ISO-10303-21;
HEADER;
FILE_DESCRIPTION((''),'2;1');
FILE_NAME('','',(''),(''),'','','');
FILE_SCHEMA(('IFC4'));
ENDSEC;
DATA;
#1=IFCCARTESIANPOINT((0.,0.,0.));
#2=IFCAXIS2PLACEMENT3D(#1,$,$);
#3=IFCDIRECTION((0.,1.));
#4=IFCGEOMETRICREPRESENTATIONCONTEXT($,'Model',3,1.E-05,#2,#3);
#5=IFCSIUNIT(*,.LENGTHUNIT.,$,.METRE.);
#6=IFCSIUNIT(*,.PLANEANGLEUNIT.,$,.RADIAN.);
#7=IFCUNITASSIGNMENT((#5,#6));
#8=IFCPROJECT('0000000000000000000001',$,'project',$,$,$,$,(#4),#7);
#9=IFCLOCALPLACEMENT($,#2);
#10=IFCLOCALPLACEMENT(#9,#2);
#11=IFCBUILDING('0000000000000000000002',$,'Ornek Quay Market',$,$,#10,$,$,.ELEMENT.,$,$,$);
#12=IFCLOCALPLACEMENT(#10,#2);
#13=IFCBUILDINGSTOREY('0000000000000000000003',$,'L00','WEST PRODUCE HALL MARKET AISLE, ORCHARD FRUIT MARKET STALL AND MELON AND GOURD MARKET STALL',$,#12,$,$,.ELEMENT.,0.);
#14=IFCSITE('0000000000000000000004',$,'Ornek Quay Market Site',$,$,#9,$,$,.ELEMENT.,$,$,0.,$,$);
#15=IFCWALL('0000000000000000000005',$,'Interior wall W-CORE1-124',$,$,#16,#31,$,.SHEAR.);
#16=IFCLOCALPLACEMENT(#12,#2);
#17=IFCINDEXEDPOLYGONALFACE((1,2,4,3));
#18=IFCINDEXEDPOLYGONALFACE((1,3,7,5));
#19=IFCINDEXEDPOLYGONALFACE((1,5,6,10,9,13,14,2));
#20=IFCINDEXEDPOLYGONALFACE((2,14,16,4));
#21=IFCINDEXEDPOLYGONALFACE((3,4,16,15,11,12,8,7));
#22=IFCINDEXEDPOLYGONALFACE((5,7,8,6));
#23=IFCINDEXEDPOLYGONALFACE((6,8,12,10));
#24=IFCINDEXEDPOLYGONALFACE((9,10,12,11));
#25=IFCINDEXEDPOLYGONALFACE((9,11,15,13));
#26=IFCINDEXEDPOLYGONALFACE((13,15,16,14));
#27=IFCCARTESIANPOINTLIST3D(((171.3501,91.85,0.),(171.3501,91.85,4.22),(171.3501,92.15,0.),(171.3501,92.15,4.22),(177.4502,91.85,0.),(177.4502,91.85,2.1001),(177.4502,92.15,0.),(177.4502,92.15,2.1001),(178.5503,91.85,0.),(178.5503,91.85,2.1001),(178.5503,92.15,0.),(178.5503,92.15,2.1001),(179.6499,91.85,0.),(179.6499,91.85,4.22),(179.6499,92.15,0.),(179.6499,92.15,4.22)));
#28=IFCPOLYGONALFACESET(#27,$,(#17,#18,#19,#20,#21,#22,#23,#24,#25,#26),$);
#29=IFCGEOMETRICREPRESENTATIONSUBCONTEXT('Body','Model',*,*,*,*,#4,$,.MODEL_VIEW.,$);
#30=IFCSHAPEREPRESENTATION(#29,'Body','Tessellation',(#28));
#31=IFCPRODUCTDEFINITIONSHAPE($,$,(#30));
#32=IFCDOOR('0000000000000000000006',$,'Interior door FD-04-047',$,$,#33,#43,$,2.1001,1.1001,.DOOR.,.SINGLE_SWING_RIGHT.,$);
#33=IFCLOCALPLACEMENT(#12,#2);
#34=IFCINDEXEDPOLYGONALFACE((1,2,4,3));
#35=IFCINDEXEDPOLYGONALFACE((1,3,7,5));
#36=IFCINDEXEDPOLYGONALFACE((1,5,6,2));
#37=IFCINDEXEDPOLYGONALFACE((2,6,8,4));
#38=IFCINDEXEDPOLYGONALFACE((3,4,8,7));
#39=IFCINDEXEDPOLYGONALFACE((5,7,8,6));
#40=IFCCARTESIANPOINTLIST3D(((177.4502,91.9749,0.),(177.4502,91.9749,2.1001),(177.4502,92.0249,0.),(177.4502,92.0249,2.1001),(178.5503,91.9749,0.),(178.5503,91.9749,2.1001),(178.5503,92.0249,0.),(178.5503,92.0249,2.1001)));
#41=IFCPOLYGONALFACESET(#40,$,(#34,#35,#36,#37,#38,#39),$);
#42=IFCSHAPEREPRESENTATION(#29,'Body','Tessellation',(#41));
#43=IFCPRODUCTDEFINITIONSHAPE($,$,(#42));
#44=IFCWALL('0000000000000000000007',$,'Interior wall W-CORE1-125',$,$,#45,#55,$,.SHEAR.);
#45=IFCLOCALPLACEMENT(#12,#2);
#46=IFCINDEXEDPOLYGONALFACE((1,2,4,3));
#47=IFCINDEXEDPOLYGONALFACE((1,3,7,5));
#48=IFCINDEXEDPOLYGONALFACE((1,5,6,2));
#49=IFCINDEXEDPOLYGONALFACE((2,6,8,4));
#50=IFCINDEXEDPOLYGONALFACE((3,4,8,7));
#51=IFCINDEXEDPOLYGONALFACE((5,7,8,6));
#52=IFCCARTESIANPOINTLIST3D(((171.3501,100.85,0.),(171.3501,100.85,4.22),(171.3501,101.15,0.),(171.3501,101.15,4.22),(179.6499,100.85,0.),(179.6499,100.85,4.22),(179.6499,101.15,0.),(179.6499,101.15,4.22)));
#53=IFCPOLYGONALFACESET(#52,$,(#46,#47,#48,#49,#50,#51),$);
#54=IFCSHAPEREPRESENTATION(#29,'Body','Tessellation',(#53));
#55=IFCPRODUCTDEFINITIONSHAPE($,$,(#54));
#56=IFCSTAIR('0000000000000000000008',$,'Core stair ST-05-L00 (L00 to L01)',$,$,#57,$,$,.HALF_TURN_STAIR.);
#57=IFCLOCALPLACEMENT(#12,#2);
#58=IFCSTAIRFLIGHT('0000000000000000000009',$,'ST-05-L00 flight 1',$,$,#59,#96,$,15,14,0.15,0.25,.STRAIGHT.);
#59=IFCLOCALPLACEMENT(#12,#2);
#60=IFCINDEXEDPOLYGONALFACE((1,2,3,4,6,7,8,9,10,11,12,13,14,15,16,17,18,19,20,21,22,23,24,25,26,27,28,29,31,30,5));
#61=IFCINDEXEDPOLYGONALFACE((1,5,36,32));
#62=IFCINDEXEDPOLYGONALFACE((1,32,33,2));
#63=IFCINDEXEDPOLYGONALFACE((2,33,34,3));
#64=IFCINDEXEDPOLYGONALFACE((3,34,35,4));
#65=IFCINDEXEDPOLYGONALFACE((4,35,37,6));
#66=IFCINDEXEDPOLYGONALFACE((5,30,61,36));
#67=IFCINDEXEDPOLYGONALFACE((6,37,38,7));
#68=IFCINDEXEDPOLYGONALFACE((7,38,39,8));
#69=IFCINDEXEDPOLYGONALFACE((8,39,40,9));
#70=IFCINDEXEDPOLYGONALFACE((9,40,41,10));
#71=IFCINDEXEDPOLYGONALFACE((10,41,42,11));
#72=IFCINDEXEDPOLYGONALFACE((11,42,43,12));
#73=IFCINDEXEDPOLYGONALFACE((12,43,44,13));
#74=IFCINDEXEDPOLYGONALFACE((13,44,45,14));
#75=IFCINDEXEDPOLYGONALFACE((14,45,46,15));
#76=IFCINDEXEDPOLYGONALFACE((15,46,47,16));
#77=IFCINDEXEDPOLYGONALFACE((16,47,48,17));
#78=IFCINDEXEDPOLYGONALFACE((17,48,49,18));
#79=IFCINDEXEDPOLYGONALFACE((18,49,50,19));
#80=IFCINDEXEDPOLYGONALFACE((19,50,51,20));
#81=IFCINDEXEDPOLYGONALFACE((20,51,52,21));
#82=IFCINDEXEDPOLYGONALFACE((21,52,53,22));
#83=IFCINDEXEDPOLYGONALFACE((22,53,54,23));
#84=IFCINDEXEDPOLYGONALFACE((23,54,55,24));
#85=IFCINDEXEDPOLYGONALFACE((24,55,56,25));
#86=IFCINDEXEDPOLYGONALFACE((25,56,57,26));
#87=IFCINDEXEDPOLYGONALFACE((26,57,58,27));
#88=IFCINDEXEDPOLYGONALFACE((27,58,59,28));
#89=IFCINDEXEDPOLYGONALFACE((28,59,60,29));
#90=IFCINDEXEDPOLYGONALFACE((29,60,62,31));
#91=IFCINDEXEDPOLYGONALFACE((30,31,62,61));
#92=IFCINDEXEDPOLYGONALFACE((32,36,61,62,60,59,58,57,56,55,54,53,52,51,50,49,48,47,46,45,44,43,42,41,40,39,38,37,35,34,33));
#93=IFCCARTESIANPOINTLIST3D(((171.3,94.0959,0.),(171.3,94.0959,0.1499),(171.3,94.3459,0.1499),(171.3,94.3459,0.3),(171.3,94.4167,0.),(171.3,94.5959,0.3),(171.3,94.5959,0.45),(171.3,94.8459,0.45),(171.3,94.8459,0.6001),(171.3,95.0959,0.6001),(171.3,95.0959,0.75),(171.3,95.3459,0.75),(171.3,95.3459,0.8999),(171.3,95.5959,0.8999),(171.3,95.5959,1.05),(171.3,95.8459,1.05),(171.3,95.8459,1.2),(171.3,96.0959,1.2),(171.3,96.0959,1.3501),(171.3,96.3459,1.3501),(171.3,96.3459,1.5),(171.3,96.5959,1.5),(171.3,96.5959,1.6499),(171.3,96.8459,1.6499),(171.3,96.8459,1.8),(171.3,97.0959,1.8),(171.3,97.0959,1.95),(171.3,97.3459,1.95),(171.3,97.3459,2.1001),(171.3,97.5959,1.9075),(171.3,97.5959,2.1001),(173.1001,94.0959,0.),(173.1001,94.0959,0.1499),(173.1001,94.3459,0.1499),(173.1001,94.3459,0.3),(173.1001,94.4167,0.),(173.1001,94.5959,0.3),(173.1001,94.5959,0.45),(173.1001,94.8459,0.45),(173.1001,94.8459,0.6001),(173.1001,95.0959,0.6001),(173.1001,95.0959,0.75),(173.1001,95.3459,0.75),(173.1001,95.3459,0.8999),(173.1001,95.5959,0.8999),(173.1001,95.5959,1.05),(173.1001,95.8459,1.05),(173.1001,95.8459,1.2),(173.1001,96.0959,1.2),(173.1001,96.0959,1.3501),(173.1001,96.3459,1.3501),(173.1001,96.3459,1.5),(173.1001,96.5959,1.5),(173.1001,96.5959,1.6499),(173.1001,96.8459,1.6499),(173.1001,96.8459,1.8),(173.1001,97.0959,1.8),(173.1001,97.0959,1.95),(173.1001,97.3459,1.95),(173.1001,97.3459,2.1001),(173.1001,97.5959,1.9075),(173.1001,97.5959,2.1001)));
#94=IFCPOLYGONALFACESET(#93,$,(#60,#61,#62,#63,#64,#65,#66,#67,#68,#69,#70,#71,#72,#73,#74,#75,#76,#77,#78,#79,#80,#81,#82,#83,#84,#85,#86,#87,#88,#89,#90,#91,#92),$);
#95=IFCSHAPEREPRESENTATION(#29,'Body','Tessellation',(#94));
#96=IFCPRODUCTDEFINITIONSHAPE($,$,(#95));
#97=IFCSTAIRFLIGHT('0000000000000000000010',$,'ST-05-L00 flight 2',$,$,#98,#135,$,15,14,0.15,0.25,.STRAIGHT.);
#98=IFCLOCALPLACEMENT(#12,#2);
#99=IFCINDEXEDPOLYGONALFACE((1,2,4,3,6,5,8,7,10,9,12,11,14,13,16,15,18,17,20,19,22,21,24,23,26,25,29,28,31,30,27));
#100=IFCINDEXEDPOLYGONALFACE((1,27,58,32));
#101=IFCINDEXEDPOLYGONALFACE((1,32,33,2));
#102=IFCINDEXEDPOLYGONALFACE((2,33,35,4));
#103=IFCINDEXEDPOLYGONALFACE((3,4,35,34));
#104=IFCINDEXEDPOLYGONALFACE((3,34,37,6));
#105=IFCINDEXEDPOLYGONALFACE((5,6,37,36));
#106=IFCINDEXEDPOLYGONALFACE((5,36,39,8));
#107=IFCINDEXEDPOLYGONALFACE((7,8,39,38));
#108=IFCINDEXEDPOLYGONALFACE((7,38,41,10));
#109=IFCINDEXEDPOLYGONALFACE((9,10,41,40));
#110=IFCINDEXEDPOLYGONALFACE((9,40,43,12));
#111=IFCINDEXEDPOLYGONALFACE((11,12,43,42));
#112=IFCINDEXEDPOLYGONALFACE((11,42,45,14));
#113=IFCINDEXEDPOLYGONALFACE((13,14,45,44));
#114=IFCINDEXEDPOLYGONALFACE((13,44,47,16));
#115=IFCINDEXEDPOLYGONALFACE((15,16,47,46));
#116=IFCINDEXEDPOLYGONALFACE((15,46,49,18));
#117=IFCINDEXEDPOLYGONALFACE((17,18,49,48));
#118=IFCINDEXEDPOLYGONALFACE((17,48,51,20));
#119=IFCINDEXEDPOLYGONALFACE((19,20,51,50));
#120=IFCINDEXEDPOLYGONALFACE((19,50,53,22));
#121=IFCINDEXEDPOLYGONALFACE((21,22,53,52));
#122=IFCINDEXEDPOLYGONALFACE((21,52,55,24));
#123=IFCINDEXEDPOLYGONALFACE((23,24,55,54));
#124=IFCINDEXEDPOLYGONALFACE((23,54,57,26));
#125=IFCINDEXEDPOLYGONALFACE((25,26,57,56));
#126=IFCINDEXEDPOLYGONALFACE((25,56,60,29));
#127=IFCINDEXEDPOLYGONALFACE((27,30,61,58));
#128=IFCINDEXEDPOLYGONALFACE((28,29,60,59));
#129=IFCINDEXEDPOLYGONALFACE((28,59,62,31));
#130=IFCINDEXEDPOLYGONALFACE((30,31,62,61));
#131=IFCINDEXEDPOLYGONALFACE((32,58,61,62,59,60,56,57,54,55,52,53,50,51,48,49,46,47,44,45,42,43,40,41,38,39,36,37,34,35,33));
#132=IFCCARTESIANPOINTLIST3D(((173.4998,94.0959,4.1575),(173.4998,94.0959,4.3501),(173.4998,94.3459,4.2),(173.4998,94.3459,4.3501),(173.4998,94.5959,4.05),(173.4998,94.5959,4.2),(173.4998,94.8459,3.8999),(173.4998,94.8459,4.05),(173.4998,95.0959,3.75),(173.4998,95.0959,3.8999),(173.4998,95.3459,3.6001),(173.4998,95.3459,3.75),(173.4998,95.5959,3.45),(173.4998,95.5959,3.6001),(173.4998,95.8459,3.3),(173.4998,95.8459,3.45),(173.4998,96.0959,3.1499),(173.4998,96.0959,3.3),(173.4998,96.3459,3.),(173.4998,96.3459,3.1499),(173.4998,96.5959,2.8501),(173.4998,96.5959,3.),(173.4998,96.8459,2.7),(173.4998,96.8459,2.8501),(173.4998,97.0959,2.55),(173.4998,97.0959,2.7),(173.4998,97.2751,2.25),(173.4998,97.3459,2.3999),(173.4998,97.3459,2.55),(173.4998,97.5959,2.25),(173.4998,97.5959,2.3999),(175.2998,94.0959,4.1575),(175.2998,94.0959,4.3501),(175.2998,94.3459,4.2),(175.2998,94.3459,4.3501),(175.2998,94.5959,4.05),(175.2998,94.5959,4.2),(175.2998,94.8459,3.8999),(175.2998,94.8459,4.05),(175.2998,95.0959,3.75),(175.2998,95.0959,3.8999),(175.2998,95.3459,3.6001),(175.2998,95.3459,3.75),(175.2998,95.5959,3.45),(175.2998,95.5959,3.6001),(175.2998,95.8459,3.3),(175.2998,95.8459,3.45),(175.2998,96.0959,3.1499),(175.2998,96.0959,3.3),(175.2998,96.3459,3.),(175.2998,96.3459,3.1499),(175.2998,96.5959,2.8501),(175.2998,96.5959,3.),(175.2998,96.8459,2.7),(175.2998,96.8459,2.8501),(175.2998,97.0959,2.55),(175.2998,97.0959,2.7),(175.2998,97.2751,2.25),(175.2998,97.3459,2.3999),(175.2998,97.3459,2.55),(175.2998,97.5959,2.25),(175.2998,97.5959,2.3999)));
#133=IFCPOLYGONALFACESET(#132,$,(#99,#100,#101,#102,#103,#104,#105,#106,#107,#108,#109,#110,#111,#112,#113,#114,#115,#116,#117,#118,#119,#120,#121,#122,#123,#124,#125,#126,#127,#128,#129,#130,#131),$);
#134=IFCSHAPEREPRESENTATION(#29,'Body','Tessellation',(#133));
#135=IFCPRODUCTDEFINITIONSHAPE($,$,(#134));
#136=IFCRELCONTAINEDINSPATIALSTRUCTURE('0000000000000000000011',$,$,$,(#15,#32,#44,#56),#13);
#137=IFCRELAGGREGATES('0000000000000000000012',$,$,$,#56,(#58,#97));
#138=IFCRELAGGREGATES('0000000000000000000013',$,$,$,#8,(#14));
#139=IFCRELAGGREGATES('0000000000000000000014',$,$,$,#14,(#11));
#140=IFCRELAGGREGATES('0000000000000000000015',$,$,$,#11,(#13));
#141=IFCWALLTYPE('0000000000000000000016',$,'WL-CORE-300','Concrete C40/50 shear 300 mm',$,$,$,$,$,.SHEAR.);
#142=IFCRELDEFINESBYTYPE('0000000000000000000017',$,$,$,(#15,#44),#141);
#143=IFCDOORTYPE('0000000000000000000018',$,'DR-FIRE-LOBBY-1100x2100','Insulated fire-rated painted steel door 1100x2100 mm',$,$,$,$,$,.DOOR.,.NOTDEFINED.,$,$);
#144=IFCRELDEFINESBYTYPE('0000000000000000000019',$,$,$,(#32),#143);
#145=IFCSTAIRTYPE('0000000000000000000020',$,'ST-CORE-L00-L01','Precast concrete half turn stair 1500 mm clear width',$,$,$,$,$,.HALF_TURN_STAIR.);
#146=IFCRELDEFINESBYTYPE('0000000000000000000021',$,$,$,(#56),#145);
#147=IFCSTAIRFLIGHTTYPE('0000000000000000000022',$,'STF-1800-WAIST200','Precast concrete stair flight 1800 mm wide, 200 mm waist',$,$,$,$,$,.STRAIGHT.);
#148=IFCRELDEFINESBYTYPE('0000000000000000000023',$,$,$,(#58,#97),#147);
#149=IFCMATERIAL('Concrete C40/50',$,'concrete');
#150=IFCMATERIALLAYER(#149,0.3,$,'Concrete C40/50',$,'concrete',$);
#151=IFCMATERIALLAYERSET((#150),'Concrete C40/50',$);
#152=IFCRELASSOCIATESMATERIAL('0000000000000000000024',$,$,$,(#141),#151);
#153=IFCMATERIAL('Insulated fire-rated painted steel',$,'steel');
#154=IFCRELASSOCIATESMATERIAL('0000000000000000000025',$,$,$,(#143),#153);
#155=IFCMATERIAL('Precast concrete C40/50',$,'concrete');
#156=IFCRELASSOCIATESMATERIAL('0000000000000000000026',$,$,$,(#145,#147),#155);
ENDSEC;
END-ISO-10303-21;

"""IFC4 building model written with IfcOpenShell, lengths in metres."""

from ifc_helpers import new_model, si_unit, direction, frame, frame_2d, origin, place, context, subcontext, project, spatial, polyline, rectangle, outline, extrude, material, layer, layer_set, type_object, element, fill, aggregate, save


model = new_model("IFC4")

# Units and contexts
model_context = context("Model", 3, precision=1e-05, world=origin(), true_north=direction((0.0, 1.0)))
body_context = subcontext(model_context, "Body", "Model", "MODEL_VIEW")
ifc_project = project(units=[si_unit("LENGTHUNIT", "METRE"), si_unit("PLANEANGLEUNIT", "RADIAN")], contexts=[model_context])

# Site, building, storey
site_placement = place(None, origin())
site = spatial("IfcSite", under=ifc_project, at=site_placement, Name="Ornek Quay Market Site", CompositionType="ELEMENT", RefElevation=0.0)
building_placement = place(site_placement, origin())
building = spatial("IfcBuilding", under=site, at=building_placement, Name="Ornek Quay Market", CompositionType="ELEMENT")
storey_placement = place(building_placement, origin())
storey = spatial("IfcBuildingStorey", under=building, at=storey_placement, Name="L00", Description="WEST PRODUCE HALL MARKET AISLE, ORCHARD FRUIT MARKET STALL AND MELON AND GOURD MARKET STALL", CompositionType="ELEMENT", Elevation=0.0)

# Shared definitions
ifc_material_1 = material(Name="Concrete C40/50", Category="concrete")

# Wall, opening, door
ifc_layer = layer(ifc_material_1, 0.3, Name="Concrete C40/50", Category="concrete")
ifc_layer_set = layer_set([ifc_layer], Name="Concrete C40/50")
wall_type = type_object("IfcWallType", Name="WL-CORE-300", Description="Concrete C40/50 shear 300 mm", PredefinedType="SHEAR", material=ifc_layer_set)
ifc_material_2 = material(Name="Insulated fire-rated painted steel", Category="steel")
wall_1_placement = place(storey_placement, frame((171.3501, 92.0, 0.0), z_axis=(0.0, 0.0, 1.0), x_axis=(1.0, 0.0, 0.0)))
wall_1 = element("IfcWall", 1, at=wall_1_placement, inside=storey, type_object=wall_type, Name="Interior wall W-CORE1-124", PredefinedType="SHEAR", context=body_context, shape_type="SweptSolid", body=[
    extrude(rectangle(XDim=8.2998, YDim=0.3, at=frame_2d((4.1499, 0.0))), origin(), (0.0, 0.0, 1.0), 4.22),
])
opening_1_placement = place(wall_1_placement, frame((6.1001, 0.0, 0.0)))
opening_1 = element("IfcOpeningElement", 2, at=opening_1_placement, cuts=wall_1, PredefinedType="OPENING", context=body_context, shape_type="SweptSolid", body=[
    extrude(rectangle(XDim=1.1001, YDim=2.1001, at=frame_2d((0.55, 1.05))), frame((0.0, 0.1599, 0.0), z_axis=(0.0, -1.0, 0.0), x_axis=(1.0, 0.0, 0.0)), (0.0, 0.0, 1.0), 0.3201),
])
door_type_1 = type_object("IfcDoorType", Name="DR-FIRE-LOBBY-1100x2100", Description="Insulated fire-rated painted steel door 1100x2100 mm", OperationType="NOTDEFINED", PredefinedType="DOOR", material=ifc_material_2)
door_1_placement = place(opening_1_placement, origin())
door_1 = element("IfcDoor", 3, at=door_1_placement, inside=storey, type_object=door_type_1, Name="Interior door FD-04-047", OperationType="SINGLE_SWING_RIGHT", OverallHeight=2.1001, OverallWidth=1.1001, PredefinedType="DOOR", context=body_context, shape_type="SweptSolid", body=[
    extrude(rectangle(XDim=1.1001, YDim=2.1001, at=frame_2d((0.55, 1.05))), frame((0.0, 0.0249, 0.0), z_axis=(0.0, -1.0, 0.0), x_axis=(1.0, 0.0, 0.0)), (0.0, 0.0, 1.0), 0.05),
])
fill(opening_1, door_1)

# Wall
wall_2_placement = place(storey_placement, frame((171.3501, 101.0, 0.0), z_axis=(0.0, 0.0, 1.0), x_axis=(1.0, 0.0, 0.0)))
element("IfcWall", 4, at=wall_2_placement, inside=storey, type_object=wall_type, Name="Interior wall W-CORE1-125", PredefinedType="SHEAR", context=body_context, shape_type="SweptSolid", body=[
    extrude(rectangle(XDim=8.2998, YDim=0.3, at=frame_2d((4.1499, 0.0))), origin(), (0.0, 0.0, 1.0), 4.22),
])

# Stair, stair flights
ifc_material_3 = material(Name="Precast concrete C40/50", Category="concrete")
stair_type = type_object("IfcStairType", Name="ST-CORE-L00-L01", Description="Precast concrete half turn stair 1500 mm clear width", PredefinedType="HALF_TURN_STAIR", material=ifc_material_3)
stair_placement = place(storey_placement, origin())
stair = element("IfcStair", 5, at=stair_placement, inside=storey, type_object=stair_type, Name="Core stair ST-05-L00 (L00 to L01)", PredefinedType="HALF_TURN_STAIR")
stair_flight_type = type_object("IfcStairFlightType", Name="STF-1800-WAIST200", Description="Precast concrete stair flight 1800 mm wide, 200 mm waist", PredefinedType="STRAIGHT", material=ifc_material_3)
stair_flight_1_placement = place(storey_placement, frame((172.2, 94.0959, 0.0), z_axis=(0.0, 0.0, 1.0), x_axis=(0.0, 1.0, 0.0)))
stair_flight_1 = element("IfcStairFlight", 6, at=stair_flight_1_placement, type_object=stair_flight_type, Name="ST-05-L00 flight 1", NumberOfRisers=15, NumberOfTreads=14, PredefinedType="STRAIGHT", RiserHeight=0.15, TreadLength=0.25, context=body_context, shape_type="SweptSolid", body=[
    extrude(outline(polyline([(0.0, 0.0), (0.0, 0.1499), (0.25, 0.1499), (0.25, 0.3), (0.5, 0.3), (0.5, 0.45), (0.75, 0.45), (0.75, 0.6001), (1.0, 0.6001), (1.0, 0.75), (1.25, 0.75), (1.25, 0.8999), (1.5, 0.8999), (1.5, 1.05), (1.75, 1.05), (1.75, 1.2), (2.0, 1.2), (2.0, 1.3501), (2.25, 1.3501), (2.25, 1.5), (2.5, 1.5), (2.5, 1.6499), (2.75, 1.6499), (2.75, 1.8), (3.0, 1.8), (3.0, 1.95), (3.25, 1.95), (3.25, 2.1001), (3.5, 2.1001), (3.5, 2.25), (3.5, 1.9075), (0.3208, 0.0), (0.0, 0.0)])), frame((0.0, 0.8999, 0.0), z_axis=(0.0, -1.0, 0.0), x_axis=(1.0, 0.0, 0.0)), (0.0, 0.0, 1.0), 1.8),
])
stair_flight_2_placement = place(storey_placement, frame((174.3999, 97.5959, 2.25), z_axis=(0.0, 0.0, 1.0), x_axis=(0.0, -1.0, 0.0)))
stair_flight_2 = element("IfcStairFlight", 7, at=stair_flight_2_placement, type_object=stair_flight_type, Name="ST-05-L00 flight 2", NumberOfRisers=15, NumberOfTreads=14, PredefinedType="STRAIGHT", RiserHeight=0.15, TreadLength=0.25, context=body_context, shape_type="SweptSolid", body=[
    extrude(outline(polyline([(0.0, 0.0), (0.0, 0.1499), (0.25, 0.1499), (0.25, 0.3), (0.5, 0.3), (0.5, 0.45), (0.75, 0.45), (0.75, 0.6001), (1.0, 0.6001), (1.0, 0.75), (1.25, 0.75), (1.25, 0.8999), (1.5, 0.8999), (1.5, 1.05), (1.75, 1.05), (1.75, 1.2), (2.0, 1.2), (2.0, 1.3501), (2.25, 1.3501), (2.25, 1.5), (2.5, 1.5), (2.5, 1.6499), (2.75, 1.6499), (2.75, 1.8), (3.0, 1.8), (3.0, 1.95), (3.25, 1.95), (3.25, 2.1001), (3.5, 2.1001), (3.5, 2.25), (3.5, 1.9075), (0.3208, 0.0), (0.0, 0.0)])), frame((0.0, 0.8999, 0.0), z_axis=(0.0, -1.0, 0.0), x_axis=(1.0, 0.0, 0.0)), (0.0, 0.0, 1.0), 1.8),
])
aggregate(stair, [stair_flight_1, stair_flight_2])

save(model, "model.ifc")
